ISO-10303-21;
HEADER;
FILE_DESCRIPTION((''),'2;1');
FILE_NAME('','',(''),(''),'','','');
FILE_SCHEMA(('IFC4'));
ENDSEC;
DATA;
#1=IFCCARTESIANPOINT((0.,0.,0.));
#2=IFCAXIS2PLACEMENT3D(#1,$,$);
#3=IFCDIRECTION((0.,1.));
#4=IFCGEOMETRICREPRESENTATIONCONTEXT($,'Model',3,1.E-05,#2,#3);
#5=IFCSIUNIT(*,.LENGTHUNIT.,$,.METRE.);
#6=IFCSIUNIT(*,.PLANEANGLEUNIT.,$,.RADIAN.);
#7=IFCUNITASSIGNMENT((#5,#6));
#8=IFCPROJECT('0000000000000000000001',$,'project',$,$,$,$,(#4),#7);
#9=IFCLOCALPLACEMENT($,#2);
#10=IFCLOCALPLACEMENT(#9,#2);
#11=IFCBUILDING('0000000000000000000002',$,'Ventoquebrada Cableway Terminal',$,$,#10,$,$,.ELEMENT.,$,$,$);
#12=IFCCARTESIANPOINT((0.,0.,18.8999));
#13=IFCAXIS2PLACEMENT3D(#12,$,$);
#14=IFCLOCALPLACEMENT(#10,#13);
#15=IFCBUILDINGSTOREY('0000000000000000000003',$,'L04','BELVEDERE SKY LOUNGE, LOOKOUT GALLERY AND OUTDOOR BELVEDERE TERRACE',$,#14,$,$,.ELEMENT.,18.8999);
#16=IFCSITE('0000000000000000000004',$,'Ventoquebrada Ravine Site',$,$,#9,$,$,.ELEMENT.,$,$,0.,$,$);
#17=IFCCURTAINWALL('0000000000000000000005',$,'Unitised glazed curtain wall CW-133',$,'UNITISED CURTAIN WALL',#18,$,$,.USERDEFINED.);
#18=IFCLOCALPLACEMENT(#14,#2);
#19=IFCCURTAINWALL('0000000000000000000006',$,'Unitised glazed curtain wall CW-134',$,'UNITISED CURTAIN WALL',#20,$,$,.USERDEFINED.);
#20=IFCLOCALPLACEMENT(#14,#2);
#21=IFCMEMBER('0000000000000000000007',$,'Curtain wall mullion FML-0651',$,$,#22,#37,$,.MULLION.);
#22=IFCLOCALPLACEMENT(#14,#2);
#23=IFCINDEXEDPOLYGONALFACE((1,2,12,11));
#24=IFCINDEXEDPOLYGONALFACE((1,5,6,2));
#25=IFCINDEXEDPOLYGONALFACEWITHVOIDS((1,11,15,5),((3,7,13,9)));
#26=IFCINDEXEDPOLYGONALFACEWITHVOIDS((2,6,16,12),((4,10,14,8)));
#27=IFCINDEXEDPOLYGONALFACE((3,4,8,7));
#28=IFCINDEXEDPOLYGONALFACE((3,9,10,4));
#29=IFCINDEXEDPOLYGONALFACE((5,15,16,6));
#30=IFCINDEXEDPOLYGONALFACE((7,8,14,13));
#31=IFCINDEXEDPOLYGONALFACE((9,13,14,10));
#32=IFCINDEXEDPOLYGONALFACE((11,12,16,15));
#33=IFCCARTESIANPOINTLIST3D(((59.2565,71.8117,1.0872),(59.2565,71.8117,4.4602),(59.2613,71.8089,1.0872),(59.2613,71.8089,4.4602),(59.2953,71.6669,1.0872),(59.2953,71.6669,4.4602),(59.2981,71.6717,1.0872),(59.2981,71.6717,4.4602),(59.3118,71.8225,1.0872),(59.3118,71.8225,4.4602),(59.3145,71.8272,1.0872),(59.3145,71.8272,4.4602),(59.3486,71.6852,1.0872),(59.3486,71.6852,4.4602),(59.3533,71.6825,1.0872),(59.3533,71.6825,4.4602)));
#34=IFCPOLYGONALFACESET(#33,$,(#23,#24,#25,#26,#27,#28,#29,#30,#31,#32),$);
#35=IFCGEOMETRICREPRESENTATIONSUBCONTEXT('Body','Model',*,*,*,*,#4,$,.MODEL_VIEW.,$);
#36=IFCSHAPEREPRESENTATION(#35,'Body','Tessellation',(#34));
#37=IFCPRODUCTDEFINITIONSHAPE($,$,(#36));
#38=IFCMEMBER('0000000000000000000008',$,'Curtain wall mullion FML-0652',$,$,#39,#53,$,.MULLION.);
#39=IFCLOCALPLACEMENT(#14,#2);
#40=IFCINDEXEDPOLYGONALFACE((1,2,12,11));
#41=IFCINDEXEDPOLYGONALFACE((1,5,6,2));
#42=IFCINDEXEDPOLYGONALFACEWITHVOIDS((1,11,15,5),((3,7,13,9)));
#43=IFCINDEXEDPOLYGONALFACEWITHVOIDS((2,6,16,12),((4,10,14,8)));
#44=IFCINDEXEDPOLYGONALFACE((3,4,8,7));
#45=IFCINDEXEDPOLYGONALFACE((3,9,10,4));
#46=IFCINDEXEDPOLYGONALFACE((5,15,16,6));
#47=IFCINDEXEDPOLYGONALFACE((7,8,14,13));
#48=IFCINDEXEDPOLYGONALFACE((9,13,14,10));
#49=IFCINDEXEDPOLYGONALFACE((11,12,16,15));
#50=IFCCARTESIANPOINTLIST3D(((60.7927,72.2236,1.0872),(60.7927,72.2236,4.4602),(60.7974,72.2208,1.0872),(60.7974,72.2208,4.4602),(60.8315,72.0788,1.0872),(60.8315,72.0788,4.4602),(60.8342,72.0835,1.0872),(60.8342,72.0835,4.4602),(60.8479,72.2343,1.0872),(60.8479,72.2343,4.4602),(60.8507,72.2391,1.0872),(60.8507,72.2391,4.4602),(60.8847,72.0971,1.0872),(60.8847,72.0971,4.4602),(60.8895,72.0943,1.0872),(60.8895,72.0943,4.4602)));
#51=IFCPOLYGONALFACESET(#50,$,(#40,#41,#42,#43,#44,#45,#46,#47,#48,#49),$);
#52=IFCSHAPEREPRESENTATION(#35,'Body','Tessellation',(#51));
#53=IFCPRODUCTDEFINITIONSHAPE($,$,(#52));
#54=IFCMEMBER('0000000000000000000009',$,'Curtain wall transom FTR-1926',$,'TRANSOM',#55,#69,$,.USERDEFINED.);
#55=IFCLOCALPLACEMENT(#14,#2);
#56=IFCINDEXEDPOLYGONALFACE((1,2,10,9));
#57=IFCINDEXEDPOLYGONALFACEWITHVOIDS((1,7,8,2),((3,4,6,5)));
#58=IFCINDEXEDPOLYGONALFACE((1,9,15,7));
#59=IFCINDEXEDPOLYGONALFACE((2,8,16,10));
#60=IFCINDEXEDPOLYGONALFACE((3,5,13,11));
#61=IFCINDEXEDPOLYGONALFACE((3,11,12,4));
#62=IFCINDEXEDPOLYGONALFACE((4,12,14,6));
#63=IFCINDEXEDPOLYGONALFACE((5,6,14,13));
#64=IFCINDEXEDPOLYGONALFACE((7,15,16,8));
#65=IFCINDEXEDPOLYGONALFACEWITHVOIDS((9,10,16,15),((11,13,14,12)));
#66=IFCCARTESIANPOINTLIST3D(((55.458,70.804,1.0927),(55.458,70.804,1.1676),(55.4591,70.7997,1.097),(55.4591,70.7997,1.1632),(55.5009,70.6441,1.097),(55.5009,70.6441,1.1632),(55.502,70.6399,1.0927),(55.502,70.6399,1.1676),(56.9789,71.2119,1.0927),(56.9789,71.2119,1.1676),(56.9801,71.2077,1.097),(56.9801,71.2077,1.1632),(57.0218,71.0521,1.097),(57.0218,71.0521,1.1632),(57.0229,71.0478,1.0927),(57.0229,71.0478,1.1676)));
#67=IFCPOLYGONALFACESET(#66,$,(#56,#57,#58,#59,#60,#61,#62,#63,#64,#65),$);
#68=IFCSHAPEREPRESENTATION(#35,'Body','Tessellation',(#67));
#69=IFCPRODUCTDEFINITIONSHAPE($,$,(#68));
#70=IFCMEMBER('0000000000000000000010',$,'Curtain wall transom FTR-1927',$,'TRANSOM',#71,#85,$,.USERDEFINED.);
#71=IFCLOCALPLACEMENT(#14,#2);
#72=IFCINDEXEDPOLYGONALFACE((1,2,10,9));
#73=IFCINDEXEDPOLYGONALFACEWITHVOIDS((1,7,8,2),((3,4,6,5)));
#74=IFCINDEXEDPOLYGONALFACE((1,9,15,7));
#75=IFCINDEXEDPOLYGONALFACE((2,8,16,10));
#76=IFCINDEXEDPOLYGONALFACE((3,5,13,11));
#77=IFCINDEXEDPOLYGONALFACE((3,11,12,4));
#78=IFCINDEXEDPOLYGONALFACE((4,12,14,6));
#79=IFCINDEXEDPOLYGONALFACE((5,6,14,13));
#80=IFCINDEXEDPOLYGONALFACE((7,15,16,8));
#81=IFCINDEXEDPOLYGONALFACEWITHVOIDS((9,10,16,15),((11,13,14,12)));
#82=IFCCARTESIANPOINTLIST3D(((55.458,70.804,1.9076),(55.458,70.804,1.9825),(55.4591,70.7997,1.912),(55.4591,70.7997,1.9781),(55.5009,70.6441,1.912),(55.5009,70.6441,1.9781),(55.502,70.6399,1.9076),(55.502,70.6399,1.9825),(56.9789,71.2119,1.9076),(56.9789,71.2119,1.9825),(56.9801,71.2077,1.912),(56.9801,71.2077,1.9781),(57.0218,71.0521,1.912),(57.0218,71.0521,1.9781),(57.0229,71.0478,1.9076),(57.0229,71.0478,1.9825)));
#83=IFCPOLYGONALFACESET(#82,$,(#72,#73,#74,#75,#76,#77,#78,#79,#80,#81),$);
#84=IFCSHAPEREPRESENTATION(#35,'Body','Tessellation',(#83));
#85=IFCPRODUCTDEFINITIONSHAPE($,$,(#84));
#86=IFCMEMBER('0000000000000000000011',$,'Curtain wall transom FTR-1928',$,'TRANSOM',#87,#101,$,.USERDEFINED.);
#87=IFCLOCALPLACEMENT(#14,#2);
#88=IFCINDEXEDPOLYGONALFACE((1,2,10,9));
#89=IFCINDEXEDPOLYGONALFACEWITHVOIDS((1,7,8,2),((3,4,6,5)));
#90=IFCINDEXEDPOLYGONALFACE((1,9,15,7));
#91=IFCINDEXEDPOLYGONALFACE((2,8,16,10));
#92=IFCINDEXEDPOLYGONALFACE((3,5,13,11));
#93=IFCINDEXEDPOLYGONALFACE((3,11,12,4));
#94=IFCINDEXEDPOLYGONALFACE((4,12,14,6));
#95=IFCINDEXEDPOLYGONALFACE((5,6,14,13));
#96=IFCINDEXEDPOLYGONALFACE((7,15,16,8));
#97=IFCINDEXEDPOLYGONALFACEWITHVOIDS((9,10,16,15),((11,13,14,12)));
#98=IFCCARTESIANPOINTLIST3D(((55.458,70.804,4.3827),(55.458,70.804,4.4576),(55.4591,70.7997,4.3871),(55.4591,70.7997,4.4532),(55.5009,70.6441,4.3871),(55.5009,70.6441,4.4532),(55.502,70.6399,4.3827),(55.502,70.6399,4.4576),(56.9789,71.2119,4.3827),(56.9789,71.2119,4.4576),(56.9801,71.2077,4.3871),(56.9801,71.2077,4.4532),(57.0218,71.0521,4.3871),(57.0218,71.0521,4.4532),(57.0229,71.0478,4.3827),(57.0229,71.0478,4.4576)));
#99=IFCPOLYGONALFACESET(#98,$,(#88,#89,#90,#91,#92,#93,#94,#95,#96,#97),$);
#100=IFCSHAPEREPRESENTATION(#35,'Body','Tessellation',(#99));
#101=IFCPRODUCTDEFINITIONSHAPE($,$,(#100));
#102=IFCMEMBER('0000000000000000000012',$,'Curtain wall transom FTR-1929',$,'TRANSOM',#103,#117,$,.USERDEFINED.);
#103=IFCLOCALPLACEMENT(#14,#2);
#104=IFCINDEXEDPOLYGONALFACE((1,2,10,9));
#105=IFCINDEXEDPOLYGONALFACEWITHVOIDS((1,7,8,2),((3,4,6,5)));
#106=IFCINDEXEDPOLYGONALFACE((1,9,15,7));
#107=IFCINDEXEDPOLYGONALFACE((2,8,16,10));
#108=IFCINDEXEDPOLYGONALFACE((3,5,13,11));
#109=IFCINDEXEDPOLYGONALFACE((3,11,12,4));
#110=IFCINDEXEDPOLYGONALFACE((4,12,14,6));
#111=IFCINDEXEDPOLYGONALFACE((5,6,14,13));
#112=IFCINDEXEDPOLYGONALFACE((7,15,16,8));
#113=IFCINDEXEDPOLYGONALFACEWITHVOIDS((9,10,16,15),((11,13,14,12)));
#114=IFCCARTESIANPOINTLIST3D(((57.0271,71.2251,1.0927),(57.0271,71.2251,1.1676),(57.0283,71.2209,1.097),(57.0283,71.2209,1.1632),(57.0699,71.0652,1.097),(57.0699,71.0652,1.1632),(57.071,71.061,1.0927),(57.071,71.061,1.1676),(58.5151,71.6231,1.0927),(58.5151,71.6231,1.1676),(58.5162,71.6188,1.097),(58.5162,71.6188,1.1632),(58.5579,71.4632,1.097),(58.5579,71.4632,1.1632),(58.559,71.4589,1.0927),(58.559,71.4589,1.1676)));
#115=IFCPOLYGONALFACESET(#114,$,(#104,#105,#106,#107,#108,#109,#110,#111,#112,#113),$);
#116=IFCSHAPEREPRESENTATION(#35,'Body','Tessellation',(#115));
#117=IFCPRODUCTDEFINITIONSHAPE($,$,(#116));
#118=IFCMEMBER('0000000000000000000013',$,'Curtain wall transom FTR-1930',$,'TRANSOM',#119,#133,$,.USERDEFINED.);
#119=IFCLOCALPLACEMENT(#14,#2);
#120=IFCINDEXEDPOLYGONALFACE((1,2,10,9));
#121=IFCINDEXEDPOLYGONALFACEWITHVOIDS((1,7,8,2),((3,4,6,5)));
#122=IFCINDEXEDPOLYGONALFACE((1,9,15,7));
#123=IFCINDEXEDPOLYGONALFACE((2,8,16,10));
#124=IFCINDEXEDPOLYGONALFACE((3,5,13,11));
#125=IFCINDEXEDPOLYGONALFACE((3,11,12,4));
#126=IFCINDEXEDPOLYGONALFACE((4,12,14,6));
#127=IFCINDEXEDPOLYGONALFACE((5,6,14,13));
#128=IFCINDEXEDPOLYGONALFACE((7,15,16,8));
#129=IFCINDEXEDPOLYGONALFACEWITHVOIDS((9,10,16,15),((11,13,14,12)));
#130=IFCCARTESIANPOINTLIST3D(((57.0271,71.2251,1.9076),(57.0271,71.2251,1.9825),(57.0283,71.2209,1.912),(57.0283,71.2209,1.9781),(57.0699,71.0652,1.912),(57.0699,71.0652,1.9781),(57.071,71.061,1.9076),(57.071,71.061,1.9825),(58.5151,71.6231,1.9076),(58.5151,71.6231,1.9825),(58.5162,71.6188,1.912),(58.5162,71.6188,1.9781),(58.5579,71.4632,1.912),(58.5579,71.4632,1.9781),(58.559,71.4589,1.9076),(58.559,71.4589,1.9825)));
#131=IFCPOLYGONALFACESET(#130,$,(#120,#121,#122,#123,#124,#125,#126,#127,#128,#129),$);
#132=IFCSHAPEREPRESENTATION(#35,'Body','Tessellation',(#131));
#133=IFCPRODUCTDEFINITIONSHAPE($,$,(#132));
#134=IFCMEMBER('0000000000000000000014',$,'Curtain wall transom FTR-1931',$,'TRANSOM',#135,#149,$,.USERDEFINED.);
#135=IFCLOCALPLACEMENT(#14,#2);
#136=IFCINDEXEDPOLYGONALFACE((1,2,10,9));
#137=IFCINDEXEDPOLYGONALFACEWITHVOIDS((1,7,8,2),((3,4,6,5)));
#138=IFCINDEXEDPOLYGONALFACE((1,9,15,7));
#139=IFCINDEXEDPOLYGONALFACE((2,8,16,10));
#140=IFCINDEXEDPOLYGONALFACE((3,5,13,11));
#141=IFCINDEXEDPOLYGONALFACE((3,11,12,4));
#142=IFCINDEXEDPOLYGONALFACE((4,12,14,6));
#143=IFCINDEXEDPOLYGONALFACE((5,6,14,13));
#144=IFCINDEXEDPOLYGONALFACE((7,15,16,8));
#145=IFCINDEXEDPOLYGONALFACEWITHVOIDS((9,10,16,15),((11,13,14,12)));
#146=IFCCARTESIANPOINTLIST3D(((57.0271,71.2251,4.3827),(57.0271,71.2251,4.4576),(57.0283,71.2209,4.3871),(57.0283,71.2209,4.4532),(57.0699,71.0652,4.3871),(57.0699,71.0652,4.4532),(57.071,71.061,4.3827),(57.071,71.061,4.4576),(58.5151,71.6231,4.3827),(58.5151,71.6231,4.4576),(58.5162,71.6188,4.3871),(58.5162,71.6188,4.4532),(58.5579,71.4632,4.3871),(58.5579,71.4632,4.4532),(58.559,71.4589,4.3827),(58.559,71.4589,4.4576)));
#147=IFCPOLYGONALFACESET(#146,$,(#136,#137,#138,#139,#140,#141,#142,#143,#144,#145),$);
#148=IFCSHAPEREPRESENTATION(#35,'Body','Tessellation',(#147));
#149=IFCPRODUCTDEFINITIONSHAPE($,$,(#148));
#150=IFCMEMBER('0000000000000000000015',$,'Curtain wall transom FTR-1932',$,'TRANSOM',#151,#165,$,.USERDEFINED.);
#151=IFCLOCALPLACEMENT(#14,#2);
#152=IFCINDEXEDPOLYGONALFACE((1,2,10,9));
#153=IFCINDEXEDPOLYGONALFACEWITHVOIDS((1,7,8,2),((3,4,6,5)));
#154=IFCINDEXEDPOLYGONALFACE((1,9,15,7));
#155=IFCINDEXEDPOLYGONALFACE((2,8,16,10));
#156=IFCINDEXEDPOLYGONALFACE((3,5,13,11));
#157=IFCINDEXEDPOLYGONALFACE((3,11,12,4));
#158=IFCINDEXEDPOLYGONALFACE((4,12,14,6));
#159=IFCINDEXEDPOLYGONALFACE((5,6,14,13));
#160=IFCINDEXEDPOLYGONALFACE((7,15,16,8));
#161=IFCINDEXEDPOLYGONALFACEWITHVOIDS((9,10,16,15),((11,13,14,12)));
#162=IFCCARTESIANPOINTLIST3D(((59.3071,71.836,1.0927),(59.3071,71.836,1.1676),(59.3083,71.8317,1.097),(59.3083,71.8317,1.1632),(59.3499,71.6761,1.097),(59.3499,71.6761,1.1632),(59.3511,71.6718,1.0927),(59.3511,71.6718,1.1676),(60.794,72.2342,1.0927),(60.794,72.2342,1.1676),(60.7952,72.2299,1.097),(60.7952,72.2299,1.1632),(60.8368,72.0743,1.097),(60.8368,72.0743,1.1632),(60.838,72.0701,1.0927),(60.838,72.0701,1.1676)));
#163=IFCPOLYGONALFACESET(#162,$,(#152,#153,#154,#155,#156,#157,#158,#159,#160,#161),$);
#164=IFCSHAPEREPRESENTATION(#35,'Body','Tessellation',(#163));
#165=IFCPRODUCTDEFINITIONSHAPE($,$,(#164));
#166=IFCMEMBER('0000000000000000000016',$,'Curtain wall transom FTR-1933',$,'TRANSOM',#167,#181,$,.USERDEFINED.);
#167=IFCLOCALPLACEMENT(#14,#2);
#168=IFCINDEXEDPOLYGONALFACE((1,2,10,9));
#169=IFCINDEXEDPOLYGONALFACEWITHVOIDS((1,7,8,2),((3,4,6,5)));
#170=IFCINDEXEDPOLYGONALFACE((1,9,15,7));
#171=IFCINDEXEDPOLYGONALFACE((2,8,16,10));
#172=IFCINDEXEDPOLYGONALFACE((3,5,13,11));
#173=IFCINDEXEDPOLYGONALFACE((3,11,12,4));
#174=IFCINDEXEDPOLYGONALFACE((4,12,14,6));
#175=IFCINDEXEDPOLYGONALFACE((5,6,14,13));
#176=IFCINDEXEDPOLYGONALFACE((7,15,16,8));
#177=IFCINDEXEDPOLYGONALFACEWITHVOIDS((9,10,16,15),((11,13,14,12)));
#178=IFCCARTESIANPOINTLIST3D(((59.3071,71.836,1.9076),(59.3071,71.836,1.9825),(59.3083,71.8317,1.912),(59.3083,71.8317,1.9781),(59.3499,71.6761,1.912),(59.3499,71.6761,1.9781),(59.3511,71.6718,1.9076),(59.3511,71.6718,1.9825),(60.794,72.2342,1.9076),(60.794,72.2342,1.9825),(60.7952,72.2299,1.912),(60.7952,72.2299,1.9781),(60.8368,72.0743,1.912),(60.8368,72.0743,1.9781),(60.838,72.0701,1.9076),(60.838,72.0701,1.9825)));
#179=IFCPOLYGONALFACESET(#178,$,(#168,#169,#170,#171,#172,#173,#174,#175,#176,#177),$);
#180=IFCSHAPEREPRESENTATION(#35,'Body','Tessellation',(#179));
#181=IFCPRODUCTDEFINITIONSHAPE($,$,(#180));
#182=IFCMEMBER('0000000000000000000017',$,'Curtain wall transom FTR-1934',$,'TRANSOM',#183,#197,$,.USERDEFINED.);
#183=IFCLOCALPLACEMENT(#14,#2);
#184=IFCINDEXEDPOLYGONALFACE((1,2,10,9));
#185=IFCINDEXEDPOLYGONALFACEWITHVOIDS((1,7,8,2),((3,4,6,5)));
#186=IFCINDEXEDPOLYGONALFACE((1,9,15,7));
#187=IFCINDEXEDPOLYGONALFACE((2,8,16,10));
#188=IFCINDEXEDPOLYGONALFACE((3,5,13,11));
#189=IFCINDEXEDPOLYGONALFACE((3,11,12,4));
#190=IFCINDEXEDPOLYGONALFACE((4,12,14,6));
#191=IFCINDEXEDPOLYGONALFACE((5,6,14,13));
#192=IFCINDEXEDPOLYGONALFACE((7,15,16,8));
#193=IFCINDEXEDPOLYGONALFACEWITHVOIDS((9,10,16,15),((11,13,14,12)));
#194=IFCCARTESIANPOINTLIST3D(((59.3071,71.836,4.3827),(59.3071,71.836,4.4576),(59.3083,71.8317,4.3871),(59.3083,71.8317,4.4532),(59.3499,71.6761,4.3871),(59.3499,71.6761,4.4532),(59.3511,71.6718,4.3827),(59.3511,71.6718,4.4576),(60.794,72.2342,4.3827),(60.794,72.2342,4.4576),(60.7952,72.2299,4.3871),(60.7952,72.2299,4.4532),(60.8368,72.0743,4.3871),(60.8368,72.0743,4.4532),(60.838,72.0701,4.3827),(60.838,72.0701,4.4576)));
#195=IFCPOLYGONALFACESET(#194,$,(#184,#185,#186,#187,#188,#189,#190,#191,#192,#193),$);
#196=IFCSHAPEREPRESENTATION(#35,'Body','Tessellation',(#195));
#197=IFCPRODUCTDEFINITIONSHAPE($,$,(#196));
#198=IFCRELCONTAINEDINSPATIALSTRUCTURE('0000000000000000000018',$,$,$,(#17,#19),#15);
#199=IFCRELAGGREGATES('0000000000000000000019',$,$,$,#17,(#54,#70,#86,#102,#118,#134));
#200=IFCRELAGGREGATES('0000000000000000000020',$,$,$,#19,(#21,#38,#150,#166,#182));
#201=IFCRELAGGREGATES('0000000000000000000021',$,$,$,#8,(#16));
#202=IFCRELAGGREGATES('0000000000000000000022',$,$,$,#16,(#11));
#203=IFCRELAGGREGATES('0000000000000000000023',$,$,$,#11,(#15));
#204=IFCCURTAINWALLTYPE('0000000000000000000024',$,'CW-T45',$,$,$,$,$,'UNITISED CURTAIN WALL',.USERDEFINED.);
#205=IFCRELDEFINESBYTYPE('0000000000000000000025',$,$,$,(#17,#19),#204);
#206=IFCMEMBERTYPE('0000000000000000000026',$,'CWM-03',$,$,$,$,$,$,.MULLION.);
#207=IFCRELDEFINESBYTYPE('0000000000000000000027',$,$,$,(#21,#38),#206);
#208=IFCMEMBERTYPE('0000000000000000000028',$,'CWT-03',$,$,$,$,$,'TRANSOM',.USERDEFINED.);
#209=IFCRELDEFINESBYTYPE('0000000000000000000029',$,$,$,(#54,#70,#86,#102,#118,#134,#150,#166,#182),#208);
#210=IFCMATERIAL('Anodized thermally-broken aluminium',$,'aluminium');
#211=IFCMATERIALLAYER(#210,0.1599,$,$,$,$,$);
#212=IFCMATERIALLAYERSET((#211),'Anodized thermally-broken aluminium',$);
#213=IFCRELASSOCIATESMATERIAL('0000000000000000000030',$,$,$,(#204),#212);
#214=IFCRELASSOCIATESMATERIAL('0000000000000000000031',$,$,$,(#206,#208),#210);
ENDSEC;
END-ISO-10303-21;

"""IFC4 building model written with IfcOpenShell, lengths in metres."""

from ifc_helpers import new_model, si_unit, direction, frame, origin, origin_2d, place, context, subcontext, project, spatial, hollow_rectangle, extrude, material, layer, layer_set, material_profile, profile_set, type_object, element, aggregate, save


model = new_model("IFC4")

# Units and contexts
model_context = context("Model", 3, precision=1e-05, world=origin(), true_north=direction((0.0, 1.0)))
body_context = subcontext(model_context, "Body", "Model", "MODEL_VIEW")
ifc_project = project(units=[si_unit("LENGTHUNIT", "METRE"), si_unit("PLANEANGLEUNIT", "RADIAN")], contexts=[model_context])

# Site, building, storey
site_placement = place(None, origin())
site = spatial("IfcSite", under=ifc_project, at=site_placement, Name="Ventoquebrada Ravine Site", CompositionType="ELEMENT", RefElevation=0.0)
building_placement = place(site_placement, origin())
building = spatial("IfcBuilding", under=site, at=building_placement, Name="Ventoquebrada Cableway Terminal", CompositionType="ELEMENT")
storey_placement = place(building_placement, frame((0.0, 0.0, 18.8999)))
storey = spatial("IfcBuildingStorey", under=building, at=storey_placement, Name="L04", Description="BELVEDERE SKY LOUNGE, LOOKOUT GALLERY AND OUTDOOR BELVEDERE TERRACE", CompositionType="ELEMENT", Elevation=18.8999)

# Curtain walls, members
ifc_material_1 = material(Name="Anodized thermally-broken aluminium", Category="aluminium")
ifc_layer_1 = layer(ifc_material_1, 0.1599)
ifc_layer_set_1 = layer_set([ifc_layer_1], Name="Anodized thermally-broken aluminium")
curtain_wall_type = type_object("IfcCurtainWallType", Name="CW-T45", ElementType="UNITISED CURTAIN WALL", PredefinedType="USERDEFINED", material=ifc_layer_set_1)
curtain_wall_1_placement = place(storey_placement, origin())
curtain_wall_1 = element("IfcCurtainWall", 1, at=curtain_wall_1_placement, inside=storey, type_object=curtain_wall_type, Name="Unitised glazed curtain wall CW-133", ObjectType="UNITISED CURTAIN WALL", PredefinedType="USERDEFINED")
ifc_material_profile_1 = material_profile(ifc_material_1, hollow_rectangle(XDim=0.0601, YDim=0.1499, WallThickness=0.0039, at=origin_2d()), Name="CW-MUL-60X150")
ifc_profile_set_1 = profile_set([ifc_material_profile_1], Name="Anodized thermally-broken aluminium")
member_type_1 = type_object("IfcMemberType", Name="CWM-03", PredefinedType="MULLION", material=ifc_profile_set_1)
curtain_wall_2_placement = place(storey_placement, origin())
curtain_wall_2 = element("IfcCurtainWall", 2, at=curtain_wall_2_placement, inside=storey, type_object=curtain_wall_type, Name="Unitised glazed curtain wall CW-134", ObjectType="UNITISED CURTAIN WALL", PredefinedType="USERDEFINED")
member_1_placement = place(storey_placement, frame((59.3049, 71.7471, 1.0872), z_axis=(0.0, 0.0, 1.0), x_axis=(0.965894, 0.258937, 0.0)))
member_1 = element("IfcMember", 3, at=member_1_placement, type_object=member_type_1, Name="Curtain wall mullion FML-0651", PredefinedType="MULLION", context=body_context, shape_type="SweptSolid", body=[
    extrude(hollow_rectangle(XDim=0.0601, YDim=0.1499, WallThickness=0.0039, at=origin_2d()), origin(), (0.0, 0.0, 1.0), 3.373),
])
member_2_placement = place(storey_placement, frame((60.8411, 72.1589, 1.0872), z_axis=(0.0, 0.0, 1.0), x_axis=(0.965894, 0.258937, 0.0)))
member_2 = element("IfcMember", 4, at=member_2_placement, type_object=member_type_1, Name="Curtain wall mullion FML-0652", PredefinedType="MULLION", context=body_context, shape_type="SweptSolid", body=[
    extrude(hollow_rectangle(XDim=0.0601, YDim=0.1499, WallThickness=0.0039, at=origin_2d()), origin(), (0.0, 0.0, 1.0), 3.373),
])

# Members
ifc_material_profile_2 = material_profile(ifc_material_1, hollow_rectangle(XDim=0.075, YDim=0.1699, WallThickness=0.0044, at=origin_2d()), Name="CW-TRN-75X170")
ifc_profile_set_2 = profile_set([ifc_material_profile_2], Name="Anodized thermally-broken aluminium")
member_type_2 = type_object("IfcMemberType", Name="CWT-03", ElementType="TRANSOM", PredefinedType="USERDEFINED", material=ifc_profile_set_2)
member_3_placement = place(storey_placement, frame((55.48, 70.7219, 1.1301), z_axis=(0.965861, 0.259062, 0.0), x_axis=(0.0, 0.0, 1.0)))
member_3 = element("IfcMember", 5, at=member_3_placement, type_object=member_type_2, Name="Curtain wall transom FTR-1926", ObjectType="TRANSOM", PredefinedType="USERDEFINED", context=body_context, shape_type="SweptSolid", body=[
    extrude(hollow_rectangle(XDim=0.075, YDim=0.1699, WallThickness=0.0044, at=origin_2d()), origin(), (0.0, 0.0, 1.0), 1.5747),
])
member_4_placement = place(storey_placement, frame((55.48, 70.7219, 1.9451), z_axis=(0.965861, 0.259062, 0.0), x_axis=(0.0, 0.0, 1.0)))
member_4 = element("IfcMember", 6, at=member_4_placement, type_object=member_type_2, Name="Curtain wall transom FTR-1927", ObjectType="TRANSOM", PredefinedType="USERDEFINED", context=body_context, shape_type="SweptSolid", body=[
    extrude(hollow_rectangle(XDim=0.075, YDim=0.1699, WallThickness=0.0044, at=origin_2d()), origin(), (0.0, 0.0, 1.0), 1.5747),
])
member_5_placement = place(storey_placement, frame((55.48, 70.7219, 4.4202), z_axis=(0.965861, 0.259062, 0.0), x_axis=(0.0, 0.0, 1.0)))
member_5 = element("IfcMember", 7, at=member_5_placement, type_object=member_type_2, Name="Curtain wall transom FTR-1928", ObjectType="TRANSOM", PredefinedType="USERDEFINED", context=body_context, shape_type="SweptSolid", body=[
    extrude(hollow_rectangle(XDim=0.075, YDim=0.1699, WallThickness=0.0044, at=origin_2d()), origin(), (0.0, 0.0, 1.0), 1.5747),
])
member_6_placement = place(storey_placement, frame((57.0491, 71.1431, 1.1301), z_axis=(0.966051, 0.258353, 0.0), x_axis=(0.0, 0.0, 1.0)))
member_6 = element("IfcMember", 8, at=member_6_placement, type_object=member_type_2, Name="Curtain wall transom FTR-1929", ObjectType="TRANSOM", PredefinedType="USERDEFINED", context=body_context, shape_type="SweptSolid", body=[
    extrude(hollow_rectangle(XDim=0.075, YDim=0.1699, WallThickness=0.0044, at=origin_2d()), origin(), (0.0, 0.0, 1.0), 1.5403),
])
member_7_placement = place(storey_placement, frame((57.0491, 71.1431, 1.9451), z_axis=(0.966051, 0.258353, 0.0), x_axis=(0.0, 0.0, 1.0)))
member_7 = element("IfcMember", 9, at=member_7_placement, type_object=member_type_2, Name="Curtain wall transom FTR-1930", ObjectType="TRANSOM", PredefinedType="USERDEFINED", context=body_context, shape_type="SweptSolid", body=[
    extrude(hollow_rectangle(XDim=0.075, YDim=0.1699, WallThickness=0.0044, at=origin_2d()), origin(), (0.0, 0.0, 1.0), 1.5403),
])
member_8_placement = place(storey_placement, frame((57.0491, 71.1431, 4.4202), z_axis=(0.966051, 0.258353, 0.0), x_axis=(0.0, 0.0, 1.0)))
member_8 = element("IfcMember", 10, at=member_8_placement, type_object=member_type_2, Name="Curtain wall transom FTR-1931", ObjectType="TRANSOM", PredefinedType="USERDEFINED", context=body_context, shape_type="SweptSolid", body=[
    extrude(hollow_rectangle(XDim=0.075, YDim=0.1699, WallThickness=0.0044, at=origin_2d()), origin(), (0.0, 0.0, 1.0), 1.5403),
])
member_9_placement = place(storey_placement, frame((59.3291, 71.7539, 1.1301), z_axis=(0.965958, 0.258699, 0.0), x_axis=(0.0, 0.0, 1.0)))
member_9 = element("IfcMember", 11, at=member_9_placement, type_object=member_type_2, Name="Curtain wall transom FTR-1932", ObjectType="TRANSOM", PredefinedType="USERDEFINED", context=body_context, shape_type="SweptSolid", body=[
    extrude(hollow_rectangle(XDim=0.075, YDim=0.1699, WallThickness=0.0044, at=origin_2d()), origin(), (0.0, 0.0, 1.0), 1.5393),
])
member_10_placement = place(storey_placement, frame((59.3291, 71.7539, 1.9451), z_axis=(0.965958, 0.258699, 0.0), x_axis=(0.0, 0.0, 1.0)))
member_10 = element("IfcMember", 12, at=member_10_placement, type_object=member_type_2, Name="Curtain wall transom FTR-1933", ObjectType="TRANSOM", PredefinedType="USERDEFINED", context=body_context, shape_type="SweptSolid", body=[
    extrude(hollow_rectangle(XDim=0.075, YDim=0.1699, WallThickness=0.0044, at=origin_2d()), origin(), (0.0, 0.0, 1.0), 1.5393),
])
member_11_placement = place(storey_placement, frame((59.3291, 71.7539, 4.4202), z_axis=(0.965958, 0.258699, 0.0), x_axis=(0.0, 0.0, 1.0)))
member_11 = element("IfcMember", 13, at=member_11_placement, type_object=member_type_2, Name="Curtain wall transom FTR-1934", ObjectType="TRANSOM", PredefinedType="USERDEFINED", context=body_context, shape_type="SweptSolid", body=[
    extrude(hollow_rectangle(XDim=0.075, YDim=0.1699, WallThickness=0.0044, at=origin_2d()), origin(), (0.0, 0.0, 1.0), 1.5393),
])

aggregate(curtain_wall_1, [member_3, member_4, member_5, member_6, member_7, member_8])
aggregate(curtain_wall_2, [member_1, member_2, member_9, member_10, member_11])

save(model, "model.ifc")
